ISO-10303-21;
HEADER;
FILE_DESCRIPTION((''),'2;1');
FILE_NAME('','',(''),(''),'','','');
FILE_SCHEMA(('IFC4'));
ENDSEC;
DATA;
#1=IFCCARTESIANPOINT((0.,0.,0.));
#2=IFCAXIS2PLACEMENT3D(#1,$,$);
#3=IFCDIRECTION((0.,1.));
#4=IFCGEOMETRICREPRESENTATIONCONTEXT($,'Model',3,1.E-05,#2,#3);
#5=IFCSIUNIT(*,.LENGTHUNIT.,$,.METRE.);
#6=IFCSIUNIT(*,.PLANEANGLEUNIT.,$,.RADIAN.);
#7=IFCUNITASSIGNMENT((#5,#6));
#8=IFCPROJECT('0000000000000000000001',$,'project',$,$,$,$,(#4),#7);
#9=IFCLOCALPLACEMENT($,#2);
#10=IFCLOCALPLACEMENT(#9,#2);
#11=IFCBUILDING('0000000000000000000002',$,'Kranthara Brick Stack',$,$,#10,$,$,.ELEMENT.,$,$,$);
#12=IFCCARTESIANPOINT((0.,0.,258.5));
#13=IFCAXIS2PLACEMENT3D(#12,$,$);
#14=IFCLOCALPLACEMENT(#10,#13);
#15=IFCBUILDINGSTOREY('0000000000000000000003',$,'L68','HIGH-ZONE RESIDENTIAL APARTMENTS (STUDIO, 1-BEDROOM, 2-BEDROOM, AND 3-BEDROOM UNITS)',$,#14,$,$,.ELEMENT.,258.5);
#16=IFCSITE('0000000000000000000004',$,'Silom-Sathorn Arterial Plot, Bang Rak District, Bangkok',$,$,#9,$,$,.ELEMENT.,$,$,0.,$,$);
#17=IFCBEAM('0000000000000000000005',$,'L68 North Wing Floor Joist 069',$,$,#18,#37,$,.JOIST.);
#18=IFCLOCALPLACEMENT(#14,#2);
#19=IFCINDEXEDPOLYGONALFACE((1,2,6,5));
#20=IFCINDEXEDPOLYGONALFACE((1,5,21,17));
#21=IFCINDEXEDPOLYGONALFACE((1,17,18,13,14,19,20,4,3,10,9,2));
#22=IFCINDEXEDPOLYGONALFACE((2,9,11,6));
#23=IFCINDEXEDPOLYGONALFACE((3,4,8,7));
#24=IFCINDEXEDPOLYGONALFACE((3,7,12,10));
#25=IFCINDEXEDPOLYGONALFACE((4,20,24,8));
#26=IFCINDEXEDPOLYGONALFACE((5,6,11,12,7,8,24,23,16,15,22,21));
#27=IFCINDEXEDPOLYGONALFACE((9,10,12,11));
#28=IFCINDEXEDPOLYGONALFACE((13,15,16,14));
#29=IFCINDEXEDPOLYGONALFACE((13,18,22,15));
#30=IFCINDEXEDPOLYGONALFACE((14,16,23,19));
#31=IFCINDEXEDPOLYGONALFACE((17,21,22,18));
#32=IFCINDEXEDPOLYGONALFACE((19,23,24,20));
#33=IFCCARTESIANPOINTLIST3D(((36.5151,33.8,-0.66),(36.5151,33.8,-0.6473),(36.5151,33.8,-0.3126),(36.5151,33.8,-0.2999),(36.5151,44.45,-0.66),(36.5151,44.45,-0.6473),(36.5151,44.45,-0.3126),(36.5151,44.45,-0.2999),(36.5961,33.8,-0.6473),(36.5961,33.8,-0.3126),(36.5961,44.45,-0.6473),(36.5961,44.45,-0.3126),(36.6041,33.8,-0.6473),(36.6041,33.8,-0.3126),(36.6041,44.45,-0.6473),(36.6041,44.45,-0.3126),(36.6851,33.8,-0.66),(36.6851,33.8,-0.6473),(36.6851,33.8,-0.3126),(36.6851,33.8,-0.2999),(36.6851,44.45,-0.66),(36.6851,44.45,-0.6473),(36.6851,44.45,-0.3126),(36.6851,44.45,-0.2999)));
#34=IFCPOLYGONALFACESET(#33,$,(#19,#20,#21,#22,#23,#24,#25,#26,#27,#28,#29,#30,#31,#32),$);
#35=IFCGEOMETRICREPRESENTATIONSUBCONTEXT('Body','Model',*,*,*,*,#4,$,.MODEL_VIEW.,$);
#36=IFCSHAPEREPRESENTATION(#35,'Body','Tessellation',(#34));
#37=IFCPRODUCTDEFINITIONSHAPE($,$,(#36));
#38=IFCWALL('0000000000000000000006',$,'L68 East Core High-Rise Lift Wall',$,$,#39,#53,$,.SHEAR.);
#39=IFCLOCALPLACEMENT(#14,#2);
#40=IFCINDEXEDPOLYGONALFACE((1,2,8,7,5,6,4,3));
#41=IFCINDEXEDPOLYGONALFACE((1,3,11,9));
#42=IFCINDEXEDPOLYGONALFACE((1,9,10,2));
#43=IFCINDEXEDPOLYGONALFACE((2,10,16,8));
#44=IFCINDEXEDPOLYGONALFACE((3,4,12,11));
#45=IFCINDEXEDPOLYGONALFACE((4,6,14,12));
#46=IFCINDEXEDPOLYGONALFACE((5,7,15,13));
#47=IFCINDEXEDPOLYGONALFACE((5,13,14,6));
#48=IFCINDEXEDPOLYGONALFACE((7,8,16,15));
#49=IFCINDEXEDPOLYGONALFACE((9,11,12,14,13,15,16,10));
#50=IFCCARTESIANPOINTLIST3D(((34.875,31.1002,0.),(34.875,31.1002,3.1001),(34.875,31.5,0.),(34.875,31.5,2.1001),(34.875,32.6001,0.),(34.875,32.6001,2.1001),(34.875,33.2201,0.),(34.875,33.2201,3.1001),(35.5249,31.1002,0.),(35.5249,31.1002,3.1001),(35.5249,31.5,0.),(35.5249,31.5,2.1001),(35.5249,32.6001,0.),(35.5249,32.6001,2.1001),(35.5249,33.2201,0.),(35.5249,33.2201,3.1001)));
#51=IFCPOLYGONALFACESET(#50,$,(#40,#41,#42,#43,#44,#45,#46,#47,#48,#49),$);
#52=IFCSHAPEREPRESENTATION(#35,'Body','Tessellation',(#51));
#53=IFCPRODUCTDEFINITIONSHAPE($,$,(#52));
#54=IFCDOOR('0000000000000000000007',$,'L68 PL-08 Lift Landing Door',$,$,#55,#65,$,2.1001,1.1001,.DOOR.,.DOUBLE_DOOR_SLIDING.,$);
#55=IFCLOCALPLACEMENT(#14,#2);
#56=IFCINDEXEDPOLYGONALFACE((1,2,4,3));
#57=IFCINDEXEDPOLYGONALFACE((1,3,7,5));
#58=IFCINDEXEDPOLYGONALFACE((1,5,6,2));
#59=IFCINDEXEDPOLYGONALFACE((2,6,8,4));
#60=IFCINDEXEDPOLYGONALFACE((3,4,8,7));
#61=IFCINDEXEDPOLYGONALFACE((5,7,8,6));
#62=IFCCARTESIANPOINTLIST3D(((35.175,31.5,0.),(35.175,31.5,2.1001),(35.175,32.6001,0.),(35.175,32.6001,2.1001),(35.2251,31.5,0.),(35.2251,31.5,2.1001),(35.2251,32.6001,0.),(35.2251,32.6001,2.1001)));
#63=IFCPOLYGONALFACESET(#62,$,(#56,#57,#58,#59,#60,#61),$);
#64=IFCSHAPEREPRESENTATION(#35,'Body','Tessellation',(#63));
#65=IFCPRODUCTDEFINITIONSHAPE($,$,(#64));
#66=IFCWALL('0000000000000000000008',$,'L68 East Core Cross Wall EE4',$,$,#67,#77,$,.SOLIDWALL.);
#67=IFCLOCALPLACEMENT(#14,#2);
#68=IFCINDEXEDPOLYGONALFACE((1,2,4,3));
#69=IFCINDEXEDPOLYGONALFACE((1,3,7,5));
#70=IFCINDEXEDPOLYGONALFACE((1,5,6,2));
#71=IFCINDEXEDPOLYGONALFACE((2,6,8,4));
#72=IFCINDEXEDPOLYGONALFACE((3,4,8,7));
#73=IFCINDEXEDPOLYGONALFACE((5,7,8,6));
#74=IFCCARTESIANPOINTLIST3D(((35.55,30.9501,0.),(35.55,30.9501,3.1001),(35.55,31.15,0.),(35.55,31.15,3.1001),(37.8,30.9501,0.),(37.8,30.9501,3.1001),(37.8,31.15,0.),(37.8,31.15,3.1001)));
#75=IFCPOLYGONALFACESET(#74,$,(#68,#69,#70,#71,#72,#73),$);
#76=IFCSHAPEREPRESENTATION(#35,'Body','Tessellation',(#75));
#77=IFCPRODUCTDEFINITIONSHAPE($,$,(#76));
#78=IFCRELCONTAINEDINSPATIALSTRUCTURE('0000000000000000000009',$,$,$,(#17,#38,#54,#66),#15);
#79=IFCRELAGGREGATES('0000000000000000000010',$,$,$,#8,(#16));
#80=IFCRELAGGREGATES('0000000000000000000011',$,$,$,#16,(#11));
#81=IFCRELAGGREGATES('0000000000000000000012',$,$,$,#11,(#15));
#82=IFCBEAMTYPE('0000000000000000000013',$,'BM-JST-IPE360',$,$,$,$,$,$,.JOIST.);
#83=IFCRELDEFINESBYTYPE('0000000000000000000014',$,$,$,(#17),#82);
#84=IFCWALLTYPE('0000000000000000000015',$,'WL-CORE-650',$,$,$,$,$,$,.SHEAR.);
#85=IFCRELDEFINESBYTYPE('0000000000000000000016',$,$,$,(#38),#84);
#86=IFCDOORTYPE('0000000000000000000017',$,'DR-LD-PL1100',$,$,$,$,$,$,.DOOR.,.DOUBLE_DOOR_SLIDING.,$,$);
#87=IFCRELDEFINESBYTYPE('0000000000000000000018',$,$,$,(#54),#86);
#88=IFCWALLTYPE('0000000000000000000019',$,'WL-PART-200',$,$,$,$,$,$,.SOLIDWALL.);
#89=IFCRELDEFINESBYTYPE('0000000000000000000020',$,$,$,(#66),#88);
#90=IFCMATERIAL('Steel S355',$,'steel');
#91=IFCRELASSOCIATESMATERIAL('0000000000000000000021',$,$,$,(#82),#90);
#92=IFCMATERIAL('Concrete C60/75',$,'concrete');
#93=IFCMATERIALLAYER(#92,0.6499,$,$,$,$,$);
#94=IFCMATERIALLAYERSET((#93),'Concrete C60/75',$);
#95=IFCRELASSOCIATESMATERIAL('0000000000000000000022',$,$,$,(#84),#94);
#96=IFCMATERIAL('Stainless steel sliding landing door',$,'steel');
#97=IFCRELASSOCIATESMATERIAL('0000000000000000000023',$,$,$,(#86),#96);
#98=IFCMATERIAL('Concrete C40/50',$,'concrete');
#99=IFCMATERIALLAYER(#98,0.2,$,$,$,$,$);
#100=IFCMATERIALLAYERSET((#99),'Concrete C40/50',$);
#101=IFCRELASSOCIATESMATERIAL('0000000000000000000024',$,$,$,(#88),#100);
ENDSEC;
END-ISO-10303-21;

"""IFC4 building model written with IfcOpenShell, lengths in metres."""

from ifc_helpers import new_model, si_unit, direction, frame, frame_2d, origin, origin_2d, place, context, subcontext, project, spatial, rectangle, i_section, extrude, material, layer, layer_set, material_profile, profile_set, type_object, element, fill, save


model = new_model("IFC4")

# Units and contexts
model_context = context("Model", 3, precision=1e-05, world=origin(), true_north=direction((0.0, 1.0)))
body_context = subcontext(model_context, "Body", "Model", "MODEL_VIEW")
ifc_project = project(units=[si_unit("LENGTHUNIT", "METRE"), si_unit("PLANEANGLEUNIT", "RADIAN")], contexts=[model_context])

# Site, building, storey
site_placement = place(None, origin())
site = spatial("IfcSite", under=ifc_project, at=site_placement, Name="Silom-Sathorn Arterial Plot, Bang Rak District, Bangkok", CompositionType="ELEMENT", RefElevation=0.0)
building_placement = place(site_placement, origin())
building = spatial("IfcBuilding", under=site, at=building_placement, Name="Kranthara Brick Stack", CompositionType="ELEMENT")
storey_placement = place(building_placement, frame((0.0, 0.0, 258.5)))
storey = spatial("IfcBuildingStorey", under=building, at=storey_placement, Name="L68", Description="HIGH-ZONE RESIDENTIAL APARTMENTS (STUDIO, 1-BEDROOM, 2-BEDROOM, AND 3-BEDROOM UNITS)", CompositionType="ELEMENT", Elevation=258.5)

# Beam
ifc_material_1 = material(Name="Steel S355", Category="steel")
ifc_material_profile_1 = material_profile(ifc_material_1, i_section(OverallWidth=0.1699, OverallDepth=0.3601, WebThickness=0.0081, FlangeThickness=0.0127, at=origin_2d()), Name="IPE 360")
ifc_profile_set_1 = profile_set([ifc_material_profile_1], Name="Steel S355")
beam_type_1 = type_object("IfcBeamType", Name="BM-JST-IPE360", PredefinedType="JOIST", material=ifc_profile_set_1)
beam_1_placement = place(storey_placement, frame((36.6001, 33.8, -0.48), z_axis=(0.0, 1.0, 0.0), x_axis=(-1.0, 0.0, 0.0)))
element("IfcBeam", 1, at=beam_1_placement, inside=storey, type_object=beam_type_1, Name="L68 North Wing Floor Joist 069", PredefinedType="JOIST", context=body_context, shape_type="SweptSolid", body=[
    extrude(i_section(OverallWidth=0.1699, OverallDepth=0.3601, WebThickness=0.0081, FlangeThickness=0.0127, at=origin_2d()), origin(), (0.0, 0.0, 1.0), 10.6499),
])

# Shared definitions
ifc_material_2 = material(Name="Concrete C60/75", Category="concrete")
ifc_layer_1 = layer(ifc_material_2, 0.6499)
ifc_layer_set_1 = layer_set([ifc_layer_1], Name="Concrete C60/75")
wall_type_1 = type_object("IfcWallType", Name="WL-CORE-650", PredefinedType="SHEAR", material=ifc_layer_set_1)

# Wall, opening, door
wall_1_placement = place(storey_placement, frame((35.2, 31.1001, 0.0), z_axis=(0.0, 0.0, 1.0), x_axis=(0.0, 1.0, 0.0)))
wall_1 = element("IfcWall", 2, at=wall_1_placement, inside=storey, type_object=wall_type_1, Name="L68 East Core High-Rise Lift Wall", PredefinedType="SHEAR", context=body_context, shape_type="SweptSolid", body=[
    extrude(rectangle(XDim=2.1199, YDim=0.6499, at=frame_2d((1.0601, 0.0))), origin(), (0.0, 0.0, 1.0), 3.1001),
])
opening_1_placement = place(wall_1_placement, frame((0.3999, 0.0, 0.0)))
opening_1 = element("IfcOpeningElement", 3, at=opening_1_placement, cuts=wall_1, PredefinedType="OPENING", context=body_context, shape_type="SweptSolid", body=[
    extrude(rectangle(XDim=1.1001, YDim=2.1001, at=frame_2d((0.55, 1.05))), frame((0.0, 0.335, 0.0), z_axis=(0.0, -1.0, 0.0), x_axis=(1.0, 0.0, 0.0)), (0.0, 0.0, 1.0), 0.6699),
])
ifc_material_3 = material(Name="Stainless steel sliding landing door", Category="steel")
door_type_1 = type_object("IfcDoorType", Name="DR-LD-PL1100", OperationType="DOUBLE_DOOR_SLIDING", PredefinedType="DOOR", material=ifc_material_3)
door_1_placement = place(opening_1_placement, origin())
door_1 = element("IfcDoor", 4, at=door_1_placement, inside=storey, type_object=door_type_1, Name="L68 PL-08 Lift Landing Door", OperationType="DOUBLE_DOOR_SLIDING", OverallHeight=2.1001, OverallWidth=1.1001, PredefinedType="DOOR", context=body_context, shape_type="SweptSolid", body=[
    extrude(rectangle(XDim=1.1001, YDim=2.1001, at=frame_2d((0.55, 1.05))), frame((0.0, 0.0249, 0.0), z_axis=(0.0, -1.0, 0.0), x_axis=(1.0, 0.0, 0.0)), (0.0, 0.0, 1.0), 0.05),
])
fill(opening_1, door_1)

# Wall
ifc_material_4 = material(Name="Concrete C40/50", Category="concrete")
ifc_layer_2 = layer(ifc_material_4, 0.2)
ifc_layer_set_2 = layer_set([ifc_layer_2], Name="Concrete C40/50")
wall_type_2 = type_object("IfcWallType", Name="WL-PART-200", PredefinedType="SOLIDWALL", material=ifc_layer_set_2)
wall_2_placement = place(storey_placement, frame((35.55, 31.05, 0.0), z_axis=(0.0, 0.0, 1.0), x_axis=(1.0, 0.0, 0.0)))
element("IfcWall", 5, at=wall_2_placement, inside=storey, type_object=wall_type_2, Name="L68 East Core Cross Wall EE4", PredefinedType="SOLIDWALL", context=body_context, shape_type="SweptSolid", body=[
    extrude(rectangle(XDim=2.25, YDim=0.2, at=frame_2d((1.125, 0.0))), origin(), (0.0, 0.0, 1.0), 3.1001),
])

save(model, "model.ifc")
